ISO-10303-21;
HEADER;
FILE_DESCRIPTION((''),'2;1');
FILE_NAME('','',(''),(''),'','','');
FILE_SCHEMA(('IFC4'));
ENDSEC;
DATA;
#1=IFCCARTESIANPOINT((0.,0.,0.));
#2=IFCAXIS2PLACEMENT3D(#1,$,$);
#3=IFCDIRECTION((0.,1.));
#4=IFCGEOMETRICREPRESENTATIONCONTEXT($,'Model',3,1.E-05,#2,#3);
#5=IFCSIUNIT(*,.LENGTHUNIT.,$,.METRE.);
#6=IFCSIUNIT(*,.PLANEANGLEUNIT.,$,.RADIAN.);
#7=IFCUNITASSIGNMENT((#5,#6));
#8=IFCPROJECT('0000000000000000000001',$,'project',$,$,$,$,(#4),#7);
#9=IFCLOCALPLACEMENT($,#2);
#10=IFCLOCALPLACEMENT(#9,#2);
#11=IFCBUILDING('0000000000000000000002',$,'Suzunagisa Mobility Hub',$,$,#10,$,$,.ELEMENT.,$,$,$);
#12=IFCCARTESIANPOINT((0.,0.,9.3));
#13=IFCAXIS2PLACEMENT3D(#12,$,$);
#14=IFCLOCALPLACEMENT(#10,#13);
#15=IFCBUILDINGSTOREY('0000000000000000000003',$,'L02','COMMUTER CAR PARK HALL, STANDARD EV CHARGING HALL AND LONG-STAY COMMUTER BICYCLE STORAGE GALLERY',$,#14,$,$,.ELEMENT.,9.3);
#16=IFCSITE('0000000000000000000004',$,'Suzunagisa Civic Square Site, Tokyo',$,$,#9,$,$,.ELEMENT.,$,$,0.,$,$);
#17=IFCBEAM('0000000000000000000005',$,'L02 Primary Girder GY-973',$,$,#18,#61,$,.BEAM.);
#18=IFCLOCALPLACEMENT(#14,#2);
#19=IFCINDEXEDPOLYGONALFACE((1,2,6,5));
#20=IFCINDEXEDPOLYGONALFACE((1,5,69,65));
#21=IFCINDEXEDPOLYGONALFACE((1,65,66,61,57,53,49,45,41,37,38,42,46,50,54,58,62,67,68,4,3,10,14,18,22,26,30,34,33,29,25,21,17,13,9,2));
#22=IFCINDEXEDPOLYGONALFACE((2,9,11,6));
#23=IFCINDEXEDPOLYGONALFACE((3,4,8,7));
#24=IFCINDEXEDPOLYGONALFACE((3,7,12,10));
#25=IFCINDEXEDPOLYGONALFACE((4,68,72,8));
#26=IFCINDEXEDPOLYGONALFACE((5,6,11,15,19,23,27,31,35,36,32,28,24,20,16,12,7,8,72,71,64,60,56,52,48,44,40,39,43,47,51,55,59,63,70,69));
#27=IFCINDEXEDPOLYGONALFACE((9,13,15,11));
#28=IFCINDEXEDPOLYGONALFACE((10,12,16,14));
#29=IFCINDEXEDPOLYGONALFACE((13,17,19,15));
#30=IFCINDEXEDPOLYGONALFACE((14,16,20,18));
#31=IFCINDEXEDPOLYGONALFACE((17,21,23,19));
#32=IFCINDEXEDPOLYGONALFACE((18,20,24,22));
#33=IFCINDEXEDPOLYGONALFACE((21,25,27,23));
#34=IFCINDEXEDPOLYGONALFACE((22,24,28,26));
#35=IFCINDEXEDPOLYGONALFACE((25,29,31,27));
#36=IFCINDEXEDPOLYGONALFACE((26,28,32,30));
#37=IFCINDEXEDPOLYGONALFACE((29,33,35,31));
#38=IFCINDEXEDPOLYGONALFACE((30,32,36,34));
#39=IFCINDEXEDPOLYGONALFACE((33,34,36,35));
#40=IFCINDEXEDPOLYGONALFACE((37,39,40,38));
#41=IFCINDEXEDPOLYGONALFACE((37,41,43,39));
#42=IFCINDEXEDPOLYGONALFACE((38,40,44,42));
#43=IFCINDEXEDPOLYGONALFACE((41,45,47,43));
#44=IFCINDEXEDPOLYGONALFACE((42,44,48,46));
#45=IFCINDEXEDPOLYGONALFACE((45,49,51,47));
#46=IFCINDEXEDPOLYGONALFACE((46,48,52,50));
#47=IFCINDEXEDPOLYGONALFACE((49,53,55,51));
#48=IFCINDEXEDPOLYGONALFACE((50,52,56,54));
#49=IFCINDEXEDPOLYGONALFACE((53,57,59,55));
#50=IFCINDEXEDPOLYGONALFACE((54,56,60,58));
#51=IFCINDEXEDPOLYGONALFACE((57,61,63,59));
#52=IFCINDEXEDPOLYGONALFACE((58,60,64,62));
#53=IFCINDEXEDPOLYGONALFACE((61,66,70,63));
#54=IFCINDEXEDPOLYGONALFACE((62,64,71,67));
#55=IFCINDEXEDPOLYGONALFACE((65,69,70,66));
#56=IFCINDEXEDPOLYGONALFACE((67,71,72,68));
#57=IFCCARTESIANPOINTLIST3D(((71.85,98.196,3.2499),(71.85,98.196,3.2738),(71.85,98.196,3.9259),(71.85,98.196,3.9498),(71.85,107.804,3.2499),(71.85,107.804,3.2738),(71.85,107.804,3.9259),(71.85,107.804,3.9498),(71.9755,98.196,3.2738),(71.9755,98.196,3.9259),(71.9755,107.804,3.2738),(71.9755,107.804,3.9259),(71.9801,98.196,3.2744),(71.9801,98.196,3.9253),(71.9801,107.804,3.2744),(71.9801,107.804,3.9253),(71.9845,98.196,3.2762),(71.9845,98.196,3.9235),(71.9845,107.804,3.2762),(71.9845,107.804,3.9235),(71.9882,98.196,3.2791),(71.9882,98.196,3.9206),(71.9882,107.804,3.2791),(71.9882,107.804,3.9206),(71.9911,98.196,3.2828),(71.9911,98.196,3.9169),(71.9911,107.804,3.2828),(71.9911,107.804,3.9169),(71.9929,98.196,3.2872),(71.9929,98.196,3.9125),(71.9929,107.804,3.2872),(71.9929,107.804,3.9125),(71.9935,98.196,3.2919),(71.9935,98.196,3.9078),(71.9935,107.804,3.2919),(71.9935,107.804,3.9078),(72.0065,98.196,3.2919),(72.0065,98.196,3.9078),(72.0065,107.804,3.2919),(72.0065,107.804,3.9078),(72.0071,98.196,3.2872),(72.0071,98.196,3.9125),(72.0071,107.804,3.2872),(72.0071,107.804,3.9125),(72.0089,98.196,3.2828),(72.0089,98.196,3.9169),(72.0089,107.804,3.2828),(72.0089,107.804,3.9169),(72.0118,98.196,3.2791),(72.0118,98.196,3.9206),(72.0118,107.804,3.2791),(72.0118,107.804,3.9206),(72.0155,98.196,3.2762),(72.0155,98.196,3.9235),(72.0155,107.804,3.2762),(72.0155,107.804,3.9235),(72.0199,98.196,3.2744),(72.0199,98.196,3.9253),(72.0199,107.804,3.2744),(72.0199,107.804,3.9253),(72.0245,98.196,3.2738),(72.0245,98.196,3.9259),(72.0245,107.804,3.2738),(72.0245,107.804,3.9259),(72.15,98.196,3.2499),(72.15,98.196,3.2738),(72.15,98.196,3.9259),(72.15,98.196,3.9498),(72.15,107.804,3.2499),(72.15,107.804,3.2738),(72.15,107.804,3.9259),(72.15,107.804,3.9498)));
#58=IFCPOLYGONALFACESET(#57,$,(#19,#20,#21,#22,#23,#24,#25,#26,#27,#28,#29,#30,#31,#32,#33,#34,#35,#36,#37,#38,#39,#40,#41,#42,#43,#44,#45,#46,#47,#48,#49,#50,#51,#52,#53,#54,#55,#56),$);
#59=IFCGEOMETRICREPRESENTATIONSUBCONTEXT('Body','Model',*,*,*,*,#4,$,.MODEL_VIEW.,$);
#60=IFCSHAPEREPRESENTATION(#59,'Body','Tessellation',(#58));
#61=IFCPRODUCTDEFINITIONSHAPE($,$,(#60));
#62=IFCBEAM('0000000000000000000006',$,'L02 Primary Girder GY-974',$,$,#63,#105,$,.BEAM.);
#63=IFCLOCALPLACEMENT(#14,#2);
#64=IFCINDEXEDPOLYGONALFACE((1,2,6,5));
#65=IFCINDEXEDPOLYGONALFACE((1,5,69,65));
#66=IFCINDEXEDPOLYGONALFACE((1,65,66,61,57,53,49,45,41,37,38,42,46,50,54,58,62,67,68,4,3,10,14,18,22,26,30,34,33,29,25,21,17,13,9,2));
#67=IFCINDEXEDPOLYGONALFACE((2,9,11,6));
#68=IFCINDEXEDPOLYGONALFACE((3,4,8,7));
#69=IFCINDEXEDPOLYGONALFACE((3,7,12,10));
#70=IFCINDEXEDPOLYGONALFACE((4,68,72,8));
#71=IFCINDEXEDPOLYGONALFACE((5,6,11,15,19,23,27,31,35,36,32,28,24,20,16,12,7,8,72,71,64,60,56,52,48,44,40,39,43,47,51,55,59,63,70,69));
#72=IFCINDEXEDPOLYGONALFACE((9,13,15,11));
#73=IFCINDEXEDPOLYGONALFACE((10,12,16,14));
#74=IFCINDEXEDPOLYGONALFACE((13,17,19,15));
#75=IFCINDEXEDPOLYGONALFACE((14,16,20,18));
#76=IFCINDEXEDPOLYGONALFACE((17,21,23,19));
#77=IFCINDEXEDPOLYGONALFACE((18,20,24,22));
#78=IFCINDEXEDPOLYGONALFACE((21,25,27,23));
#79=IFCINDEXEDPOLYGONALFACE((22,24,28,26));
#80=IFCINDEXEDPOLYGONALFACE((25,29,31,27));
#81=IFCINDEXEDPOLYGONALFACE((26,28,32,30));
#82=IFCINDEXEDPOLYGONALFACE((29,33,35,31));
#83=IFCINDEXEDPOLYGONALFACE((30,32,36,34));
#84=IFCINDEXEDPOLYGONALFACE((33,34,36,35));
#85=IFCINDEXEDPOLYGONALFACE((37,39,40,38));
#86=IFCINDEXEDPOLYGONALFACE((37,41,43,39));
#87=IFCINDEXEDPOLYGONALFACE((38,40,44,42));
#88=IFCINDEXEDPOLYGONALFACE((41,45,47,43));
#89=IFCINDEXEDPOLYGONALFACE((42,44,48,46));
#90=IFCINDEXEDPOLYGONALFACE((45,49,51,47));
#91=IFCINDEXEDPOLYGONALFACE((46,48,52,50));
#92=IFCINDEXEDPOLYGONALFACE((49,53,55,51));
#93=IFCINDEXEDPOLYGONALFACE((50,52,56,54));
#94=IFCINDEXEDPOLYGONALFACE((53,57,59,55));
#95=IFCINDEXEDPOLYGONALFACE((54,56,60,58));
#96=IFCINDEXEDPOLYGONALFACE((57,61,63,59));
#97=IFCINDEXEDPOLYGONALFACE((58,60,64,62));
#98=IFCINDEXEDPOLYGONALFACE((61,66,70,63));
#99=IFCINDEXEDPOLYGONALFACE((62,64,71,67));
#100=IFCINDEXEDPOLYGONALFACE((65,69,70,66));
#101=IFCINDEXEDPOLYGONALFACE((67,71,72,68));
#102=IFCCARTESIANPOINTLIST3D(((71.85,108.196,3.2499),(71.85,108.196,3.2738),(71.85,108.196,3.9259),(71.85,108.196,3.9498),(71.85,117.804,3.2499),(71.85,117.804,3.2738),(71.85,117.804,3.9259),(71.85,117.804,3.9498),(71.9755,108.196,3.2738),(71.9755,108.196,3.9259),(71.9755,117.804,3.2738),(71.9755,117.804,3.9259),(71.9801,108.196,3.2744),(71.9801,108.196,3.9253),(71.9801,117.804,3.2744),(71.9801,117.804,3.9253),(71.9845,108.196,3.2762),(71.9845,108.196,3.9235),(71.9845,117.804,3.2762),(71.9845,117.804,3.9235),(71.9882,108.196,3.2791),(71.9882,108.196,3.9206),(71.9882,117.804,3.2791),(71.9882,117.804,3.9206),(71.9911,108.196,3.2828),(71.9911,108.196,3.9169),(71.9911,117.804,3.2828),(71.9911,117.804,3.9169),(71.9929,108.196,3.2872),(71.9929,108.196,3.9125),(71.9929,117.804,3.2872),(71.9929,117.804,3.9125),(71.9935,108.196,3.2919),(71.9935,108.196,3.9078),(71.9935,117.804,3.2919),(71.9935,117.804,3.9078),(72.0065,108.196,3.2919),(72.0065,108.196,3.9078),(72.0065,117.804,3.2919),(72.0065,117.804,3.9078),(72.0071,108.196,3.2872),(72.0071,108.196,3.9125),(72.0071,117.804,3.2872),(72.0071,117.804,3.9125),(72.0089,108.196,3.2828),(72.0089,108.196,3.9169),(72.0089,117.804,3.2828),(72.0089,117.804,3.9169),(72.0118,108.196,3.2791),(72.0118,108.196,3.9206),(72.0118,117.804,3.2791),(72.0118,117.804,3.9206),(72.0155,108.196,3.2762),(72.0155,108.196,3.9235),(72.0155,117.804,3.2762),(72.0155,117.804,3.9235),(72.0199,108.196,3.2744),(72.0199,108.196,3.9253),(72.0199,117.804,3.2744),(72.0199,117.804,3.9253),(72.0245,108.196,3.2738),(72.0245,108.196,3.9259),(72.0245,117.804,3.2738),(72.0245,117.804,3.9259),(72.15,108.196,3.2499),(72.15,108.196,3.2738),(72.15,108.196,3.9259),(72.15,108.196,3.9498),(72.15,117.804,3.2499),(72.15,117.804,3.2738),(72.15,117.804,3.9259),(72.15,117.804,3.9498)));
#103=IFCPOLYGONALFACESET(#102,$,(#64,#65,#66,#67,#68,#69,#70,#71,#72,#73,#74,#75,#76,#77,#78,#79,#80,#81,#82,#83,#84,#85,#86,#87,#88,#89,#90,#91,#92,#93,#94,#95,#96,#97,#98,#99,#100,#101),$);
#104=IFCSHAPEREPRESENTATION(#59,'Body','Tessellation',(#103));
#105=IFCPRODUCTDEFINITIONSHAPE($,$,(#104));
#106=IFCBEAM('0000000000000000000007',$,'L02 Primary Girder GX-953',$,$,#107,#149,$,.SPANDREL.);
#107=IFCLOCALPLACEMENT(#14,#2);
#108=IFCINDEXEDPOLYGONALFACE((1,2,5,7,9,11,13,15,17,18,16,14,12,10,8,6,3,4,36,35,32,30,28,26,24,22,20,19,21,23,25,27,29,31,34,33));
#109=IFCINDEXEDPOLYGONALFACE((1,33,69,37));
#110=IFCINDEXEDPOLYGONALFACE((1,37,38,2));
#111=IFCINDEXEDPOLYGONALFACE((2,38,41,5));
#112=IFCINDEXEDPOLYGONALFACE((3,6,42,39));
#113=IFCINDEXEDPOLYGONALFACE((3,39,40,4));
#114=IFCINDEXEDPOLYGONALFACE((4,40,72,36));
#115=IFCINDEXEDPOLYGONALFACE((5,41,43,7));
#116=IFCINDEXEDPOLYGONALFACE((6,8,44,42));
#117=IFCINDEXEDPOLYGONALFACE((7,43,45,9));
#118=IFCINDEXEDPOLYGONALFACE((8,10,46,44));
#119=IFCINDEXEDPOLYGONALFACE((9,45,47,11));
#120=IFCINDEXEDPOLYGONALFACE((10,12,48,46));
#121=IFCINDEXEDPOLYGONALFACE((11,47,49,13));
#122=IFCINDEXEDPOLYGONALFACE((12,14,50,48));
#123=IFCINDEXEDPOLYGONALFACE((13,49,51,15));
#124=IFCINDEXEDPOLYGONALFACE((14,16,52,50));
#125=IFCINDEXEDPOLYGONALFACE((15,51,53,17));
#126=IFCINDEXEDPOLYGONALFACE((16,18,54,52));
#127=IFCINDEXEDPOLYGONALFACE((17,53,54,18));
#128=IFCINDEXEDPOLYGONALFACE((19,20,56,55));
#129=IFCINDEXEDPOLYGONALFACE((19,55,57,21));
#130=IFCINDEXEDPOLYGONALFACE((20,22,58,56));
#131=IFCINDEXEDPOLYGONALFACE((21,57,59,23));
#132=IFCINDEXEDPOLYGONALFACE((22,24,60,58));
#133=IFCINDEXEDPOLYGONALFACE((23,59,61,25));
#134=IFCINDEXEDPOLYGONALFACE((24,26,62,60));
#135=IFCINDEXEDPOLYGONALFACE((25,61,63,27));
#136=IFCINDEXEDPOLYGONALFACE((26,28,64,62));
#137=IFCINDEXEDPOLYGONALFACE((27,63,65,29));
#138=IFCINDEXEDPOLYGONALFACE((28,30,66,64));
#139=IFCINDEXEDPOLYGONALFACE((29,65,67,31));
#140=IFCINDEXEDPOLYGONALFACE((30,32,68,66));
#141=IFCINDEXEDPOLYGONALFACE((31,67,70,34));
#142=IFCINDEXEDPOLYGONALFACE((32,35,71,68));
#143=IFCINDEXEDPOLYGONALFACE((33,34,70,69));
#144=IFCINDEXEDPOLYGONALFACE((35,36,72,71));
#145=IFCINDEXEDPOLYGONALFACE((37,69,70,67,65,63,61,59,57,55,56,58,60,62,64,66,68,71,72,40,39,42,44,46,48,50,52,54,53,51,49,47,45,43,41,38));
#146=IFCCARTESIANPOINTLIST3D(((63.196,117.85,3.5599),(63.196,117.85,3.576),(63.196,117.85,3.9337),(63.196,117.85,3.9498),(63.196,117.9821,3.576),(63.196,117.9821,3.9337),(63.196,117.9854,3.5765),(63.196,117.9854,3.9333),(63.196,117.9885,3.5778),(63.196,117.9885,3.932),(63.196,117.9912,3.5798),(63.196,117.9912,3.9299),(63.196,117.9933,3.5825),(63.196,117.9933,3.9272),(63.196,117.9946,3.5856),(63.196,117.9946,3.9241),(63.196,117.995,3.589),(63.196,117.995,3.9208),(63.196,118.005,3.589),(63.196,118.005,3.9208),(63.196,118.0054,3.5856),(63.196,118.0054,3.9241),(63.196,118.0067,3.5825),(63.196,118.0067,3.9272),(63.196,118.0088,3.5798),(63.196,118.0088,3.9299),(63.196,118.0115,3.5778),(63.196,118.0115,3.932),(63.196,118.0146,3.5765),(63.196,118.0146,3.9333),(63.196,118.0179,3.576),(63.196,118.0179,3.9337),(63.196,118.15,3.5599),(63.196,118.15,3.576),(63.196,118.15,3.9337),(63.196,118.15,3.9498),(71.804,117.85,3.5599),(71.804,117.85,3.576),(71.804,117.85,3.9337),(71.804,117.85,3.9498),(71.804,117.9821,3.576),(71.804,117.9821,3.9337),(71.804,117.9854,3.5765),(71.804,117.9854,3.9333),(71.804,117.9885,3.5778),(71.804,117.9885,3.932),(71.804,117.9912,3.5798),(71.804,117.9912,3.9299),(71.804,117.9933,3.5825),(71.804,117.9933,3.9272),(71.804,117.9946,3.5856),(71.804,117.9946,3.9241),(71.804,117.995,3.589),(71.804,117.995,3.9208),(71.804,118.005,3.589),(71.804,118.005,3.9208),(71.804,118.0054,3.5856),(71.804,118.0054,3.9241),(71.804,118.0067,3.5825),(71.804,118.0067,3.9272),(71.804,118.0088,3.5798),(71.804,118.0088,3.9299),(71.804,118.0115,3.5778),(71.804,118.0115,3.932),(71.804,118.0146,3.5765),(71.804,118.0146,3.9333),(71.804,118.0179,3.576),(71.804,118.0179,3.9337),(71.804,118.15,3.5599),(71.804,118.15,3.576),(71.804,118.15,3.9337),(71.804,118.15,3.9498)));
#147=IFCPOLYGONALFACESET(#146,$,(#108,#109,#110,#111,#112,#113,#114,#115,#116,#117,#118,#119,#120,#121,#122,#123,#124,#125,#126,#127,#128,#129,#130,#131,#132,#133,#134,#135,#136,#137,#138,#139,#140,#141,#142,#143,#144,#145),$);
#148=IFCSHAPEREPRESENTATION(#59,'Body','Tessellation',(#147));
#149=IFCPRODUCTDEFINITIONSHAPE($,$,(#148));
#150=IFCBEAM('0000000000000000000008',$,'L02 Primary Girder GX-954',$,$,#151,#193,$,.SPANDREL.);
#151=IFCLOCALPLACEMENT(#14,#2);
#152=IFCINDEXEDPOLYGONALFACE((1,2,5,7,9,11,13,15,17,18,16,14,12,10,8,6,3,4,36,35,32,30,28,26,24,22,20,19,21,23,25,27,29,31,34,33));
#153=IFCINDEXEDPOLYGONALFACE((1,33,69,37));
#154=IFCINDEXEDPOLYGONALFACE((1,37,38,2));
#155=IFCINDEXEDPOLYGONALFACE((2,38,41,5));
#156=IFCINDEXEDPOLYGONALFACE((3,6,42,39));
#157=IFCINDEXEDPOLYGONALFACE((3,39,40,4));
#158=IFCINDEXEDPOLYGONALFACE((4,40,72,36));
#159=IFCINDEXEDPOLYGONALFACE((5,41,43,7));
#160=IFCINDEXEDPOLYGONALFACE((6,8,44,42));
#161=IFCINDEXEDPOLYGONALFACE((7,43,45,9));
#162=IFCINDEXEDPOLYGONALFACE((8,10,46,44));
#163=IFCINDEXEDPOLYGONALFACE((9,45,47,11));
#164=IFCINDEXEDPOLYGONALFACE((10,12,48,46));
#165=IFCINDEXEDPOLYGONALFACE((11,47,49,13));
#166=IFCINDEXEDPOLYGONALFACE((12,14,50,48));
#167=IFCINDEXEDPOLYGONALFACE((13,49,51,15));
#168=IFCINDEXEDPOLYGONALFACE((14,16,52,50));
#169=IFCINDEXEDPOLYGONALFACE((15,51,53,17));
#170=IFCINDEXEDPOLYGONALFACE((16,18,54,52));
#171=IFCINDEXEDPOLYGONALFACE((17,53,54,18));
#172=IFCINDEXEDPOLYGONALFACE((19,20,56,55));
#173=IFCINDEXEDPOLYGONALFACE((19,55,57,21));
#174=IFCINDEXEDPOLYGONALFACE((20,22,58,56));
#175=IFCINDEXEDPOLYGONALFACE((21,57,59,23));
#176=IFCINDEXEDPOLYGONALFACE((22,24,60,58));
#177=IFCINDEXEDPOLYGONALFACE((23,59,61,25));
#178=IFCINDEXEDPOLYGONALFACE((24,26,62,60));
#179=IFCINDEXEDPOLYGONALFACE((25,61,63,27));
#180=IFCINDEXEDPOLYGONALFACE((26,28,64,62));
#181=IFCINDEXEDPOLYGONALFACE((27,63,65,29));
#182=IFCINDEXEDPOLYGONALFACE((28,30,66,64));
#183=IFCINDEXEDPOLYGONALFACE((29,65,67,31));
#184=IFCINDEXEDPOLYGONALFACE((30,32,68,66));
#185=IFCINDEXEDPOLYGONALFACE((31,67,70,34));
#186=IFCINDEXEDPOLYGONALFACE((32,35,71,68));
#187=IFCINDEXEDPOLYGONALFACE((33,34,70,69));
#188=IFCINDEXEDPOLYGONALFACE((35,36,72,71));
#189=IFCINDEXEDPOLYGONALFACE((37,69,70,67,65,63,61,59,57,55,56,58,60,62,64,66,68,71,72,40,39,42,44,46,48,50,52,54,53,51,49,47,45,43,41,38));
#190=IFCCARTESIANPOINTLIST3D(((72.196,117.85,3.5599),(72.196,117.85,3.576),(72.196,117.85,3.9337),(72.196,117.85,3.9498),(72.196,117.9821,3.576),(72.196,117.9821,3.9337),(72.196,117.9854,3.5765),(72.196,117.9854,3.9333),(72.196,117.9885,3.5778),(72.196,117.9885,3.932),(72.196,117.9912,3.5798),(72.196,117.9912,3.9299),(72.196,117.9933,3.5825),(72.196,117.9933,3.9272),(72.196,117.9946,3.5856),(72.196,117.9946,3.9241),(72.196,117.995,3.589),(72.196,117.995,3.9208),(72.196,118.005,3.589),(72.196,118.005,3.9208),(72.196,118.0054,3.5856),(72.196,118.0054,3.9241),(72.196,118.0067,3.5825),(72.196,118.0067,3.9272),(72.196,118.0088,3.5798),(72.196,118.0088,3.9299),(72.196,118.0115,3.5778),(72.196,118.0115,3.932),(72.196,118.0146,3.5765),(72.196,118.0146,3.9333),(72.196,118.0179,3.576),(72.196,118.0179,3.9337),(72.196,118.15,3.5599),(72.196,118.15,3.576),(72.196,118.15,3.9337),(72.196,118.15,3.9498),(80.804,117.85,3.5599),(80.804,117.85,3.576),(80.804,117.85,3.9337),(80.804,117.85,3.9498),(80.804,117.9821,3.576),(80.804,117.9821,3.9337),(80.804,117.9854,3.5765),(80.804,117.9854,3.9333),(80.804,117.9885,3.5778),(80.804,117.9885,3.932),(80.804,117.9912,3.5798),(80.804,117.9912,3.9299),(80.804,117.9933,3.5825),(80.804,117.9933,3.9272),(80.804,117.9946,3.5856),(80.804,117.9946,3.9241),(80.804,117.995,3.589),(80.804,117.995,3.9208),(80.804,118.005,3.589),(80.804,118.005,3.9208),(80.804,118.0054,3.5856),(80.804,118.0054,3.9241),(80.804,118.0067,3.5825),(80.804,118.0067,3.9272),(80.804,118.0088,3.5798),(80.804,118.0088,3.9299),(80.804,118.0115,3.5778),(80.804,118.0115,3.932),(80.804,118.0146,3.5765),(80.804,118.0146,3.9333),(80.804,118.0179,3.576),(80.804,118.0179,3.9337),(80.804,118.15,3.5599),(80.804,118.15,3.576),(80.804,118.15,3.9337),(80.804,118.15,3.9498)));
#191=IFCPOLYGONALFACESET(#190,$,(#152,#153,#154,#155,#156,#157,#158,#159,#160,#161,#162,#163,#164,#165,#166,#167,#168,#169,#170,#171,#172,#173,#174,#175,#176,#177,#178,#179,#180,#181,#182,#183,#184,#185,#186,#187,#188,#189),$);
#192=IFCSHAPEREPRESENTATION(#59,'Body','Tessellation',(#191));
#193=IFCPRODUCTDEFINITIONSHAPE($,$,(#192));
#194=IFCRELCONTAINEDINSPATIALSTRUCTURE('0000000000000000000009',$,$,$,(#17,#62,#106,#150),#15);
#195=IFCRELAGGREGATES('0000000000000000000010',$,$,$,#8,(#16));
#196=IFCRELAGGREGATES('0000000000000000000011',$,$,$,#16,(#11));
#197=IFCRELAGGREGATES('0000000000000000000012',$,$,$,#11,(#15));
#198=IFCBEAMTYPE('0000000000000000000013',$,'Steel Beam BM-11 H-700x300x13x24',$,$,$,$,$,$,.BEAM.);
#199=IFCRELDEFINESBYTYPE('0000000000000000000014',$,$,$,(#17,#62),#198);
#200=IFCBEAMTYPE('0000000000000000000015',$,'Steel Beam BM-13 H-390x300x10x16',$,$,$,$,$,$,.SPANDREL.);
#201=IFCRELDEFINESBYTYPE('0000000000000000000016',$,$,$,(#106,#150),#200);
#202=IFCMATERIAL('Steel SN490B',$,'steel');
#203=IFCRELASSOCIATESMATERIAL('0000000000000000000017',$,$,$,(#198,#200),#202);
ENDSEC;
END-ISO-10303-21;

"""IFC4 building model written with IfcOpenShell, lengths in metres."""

from ifc_helpers import new_model, si_unit, direction, frame, origin, origin_2d, place, context, subcontext, project, spatial, i_section, extrude, material, material_profile, profile_set, type_object, element, save


model = new_model("IFC4")

# Units and contexts
model_context = context("Model", 3, precision=1e-05, world=origin(), true_north=direction((0.0, 1.0)))
body_context = subcontext(model_context, "Body", "Model", "MODEL_VIEW")
ifc_project = project(units=[si_unit("LENGTHUNIT", "METRE"), si_unit("PLANEANGLEUNIT", "RADIAN")], contexts=[model_context])

# Site, building, storey
site_placement = place(None, origin())
site = spatial("IfcSite", under=ifc_project, at=site_placement, Name="Suzunagisa Civic Square Site, Tokyo", CompositionType="ELEMENT", RefElevation=0.0)
building_placement = place(site_placement, origin())
building = spatial("IfcBuilding", under=site, at=building_placement, Name="Suzunagisa Mobility Hub", CompositionType="ELEMENT")
storey_placement = place(building_placement, frame((0.0, 0.0, 9.3)))
storey = spatial("IfcBuildingStorey", under=building, at=storey_placement, Name="L02", Description="COMMUTER CAR PARK HALL, STANDARD EV CHARGING HALL AND LONG-STAY COMMUTER BICYCLE STORAGE GALLERY", CompositionType="ELEMENT", Elevation=9.3)

# Shared definitions
ifc_material_1 = material(Name="Steel SN490B", Category="steel")

# Beams
ifc_material_profile_1 = material_profile(ifc_material_1, i_section(OverallWidth=0.3, OverallDepth=0.7, WebThickness=0.0129, FlangeThickness=0.0239, FilletRadius=0.0181, at=origin_2d()), Name="H-700x300x13x24")
ifc_profile_set_1 = profile_set([ifc_material_profile_1], Name="Steel SN490B")
beam_type_1 = type_object("IfcBeamType", Name="Steel Beam BM-11 H-700x300x13x24", PredefinedType="BEAM", material=ifc_profile_set_1)
for number, where, z_axis, x_axis, name in (
    (1, (72.0, 98.196, 3.5999), (0.0, 1.0, 0.0), (-1.0, 0.0, 0.0), "L02 Primary Girder GY-973"),
    (2, (72.0, 108.196, 3.5999), (0.0, 1.0, 0.0), (-1.0, 0.0, 0.0), "L02 Primary Girder GY-974"),
):
    element("IfcBeam", number, at=place(storey_placement, frame(where, z_axis=z_axis, x_axis=x_axis)), inside=storey, type_object=beam_type_1, Name=name, PredefinedType="BEAM", context=body_context, shape_type="SweptSolid", body=[
        extrude(i_section(OverallWidth=0.3, OverallDepth=0.7, WebThickness=0.0129, FlangeThickness=0.0239, FilletRadius=0.0181, at=origin_2d()), origin(), (0.0, 0.0, 1.0), 9.6079),
    ])
ifc_material_profile_2 = material_profile(ifc_material_1, i_section(OverallWidth=0.3, OverallDepth=0.3899, WebThickness=0.01, FlangeThickness=0.0161, FilletRadius=0.0129, at=origin_2d()), Name="H-390x300x10x16")
ifc_profile_set_2 = profile_set([ifc_material_profile_2], Name="Steel SN490B")
beam_type_2 = type_object("IfcBeamType", Name="Steel Beam BM-13 H-390x300x10x16", PredefinedType="SPANDREL", material=ifc_profile_set_2)
for number, where, z_axis, x_axis, name in (
    (3, (63.196, 118.0, 3.7549), (1.0, 0.0, 0.0), (0.0, 1.0, 0.0), "L02 Primary Girder GX-953"),
    (4, (72.196, 118.0, 3.7549), (1.0, 0.0, 0.0), (0.0, 1.0, 0.0), "L02 Primary Girder GX-954"),
):
    element("IfcBeam", number, at=place(storey_placement, frame(where, z_axis=z_axis, x_axis=x_axis)), inside=storey, type_object=beam_type_2, Name=name, PredefinedType="SPANDREL", context=body_context, shape_type="SweptSolid", body=[
        extrude(i_section(OverallWidth=0.3, OverallDepth=0.3899, WebThickness=0.01, FlangeThickness=0.0161, FilletRadius=0.0129, at=origin_2d()), origin(), (0.0, 0.0, 1.0), 8.6079),
    ])

save(model, "model.ifc")
